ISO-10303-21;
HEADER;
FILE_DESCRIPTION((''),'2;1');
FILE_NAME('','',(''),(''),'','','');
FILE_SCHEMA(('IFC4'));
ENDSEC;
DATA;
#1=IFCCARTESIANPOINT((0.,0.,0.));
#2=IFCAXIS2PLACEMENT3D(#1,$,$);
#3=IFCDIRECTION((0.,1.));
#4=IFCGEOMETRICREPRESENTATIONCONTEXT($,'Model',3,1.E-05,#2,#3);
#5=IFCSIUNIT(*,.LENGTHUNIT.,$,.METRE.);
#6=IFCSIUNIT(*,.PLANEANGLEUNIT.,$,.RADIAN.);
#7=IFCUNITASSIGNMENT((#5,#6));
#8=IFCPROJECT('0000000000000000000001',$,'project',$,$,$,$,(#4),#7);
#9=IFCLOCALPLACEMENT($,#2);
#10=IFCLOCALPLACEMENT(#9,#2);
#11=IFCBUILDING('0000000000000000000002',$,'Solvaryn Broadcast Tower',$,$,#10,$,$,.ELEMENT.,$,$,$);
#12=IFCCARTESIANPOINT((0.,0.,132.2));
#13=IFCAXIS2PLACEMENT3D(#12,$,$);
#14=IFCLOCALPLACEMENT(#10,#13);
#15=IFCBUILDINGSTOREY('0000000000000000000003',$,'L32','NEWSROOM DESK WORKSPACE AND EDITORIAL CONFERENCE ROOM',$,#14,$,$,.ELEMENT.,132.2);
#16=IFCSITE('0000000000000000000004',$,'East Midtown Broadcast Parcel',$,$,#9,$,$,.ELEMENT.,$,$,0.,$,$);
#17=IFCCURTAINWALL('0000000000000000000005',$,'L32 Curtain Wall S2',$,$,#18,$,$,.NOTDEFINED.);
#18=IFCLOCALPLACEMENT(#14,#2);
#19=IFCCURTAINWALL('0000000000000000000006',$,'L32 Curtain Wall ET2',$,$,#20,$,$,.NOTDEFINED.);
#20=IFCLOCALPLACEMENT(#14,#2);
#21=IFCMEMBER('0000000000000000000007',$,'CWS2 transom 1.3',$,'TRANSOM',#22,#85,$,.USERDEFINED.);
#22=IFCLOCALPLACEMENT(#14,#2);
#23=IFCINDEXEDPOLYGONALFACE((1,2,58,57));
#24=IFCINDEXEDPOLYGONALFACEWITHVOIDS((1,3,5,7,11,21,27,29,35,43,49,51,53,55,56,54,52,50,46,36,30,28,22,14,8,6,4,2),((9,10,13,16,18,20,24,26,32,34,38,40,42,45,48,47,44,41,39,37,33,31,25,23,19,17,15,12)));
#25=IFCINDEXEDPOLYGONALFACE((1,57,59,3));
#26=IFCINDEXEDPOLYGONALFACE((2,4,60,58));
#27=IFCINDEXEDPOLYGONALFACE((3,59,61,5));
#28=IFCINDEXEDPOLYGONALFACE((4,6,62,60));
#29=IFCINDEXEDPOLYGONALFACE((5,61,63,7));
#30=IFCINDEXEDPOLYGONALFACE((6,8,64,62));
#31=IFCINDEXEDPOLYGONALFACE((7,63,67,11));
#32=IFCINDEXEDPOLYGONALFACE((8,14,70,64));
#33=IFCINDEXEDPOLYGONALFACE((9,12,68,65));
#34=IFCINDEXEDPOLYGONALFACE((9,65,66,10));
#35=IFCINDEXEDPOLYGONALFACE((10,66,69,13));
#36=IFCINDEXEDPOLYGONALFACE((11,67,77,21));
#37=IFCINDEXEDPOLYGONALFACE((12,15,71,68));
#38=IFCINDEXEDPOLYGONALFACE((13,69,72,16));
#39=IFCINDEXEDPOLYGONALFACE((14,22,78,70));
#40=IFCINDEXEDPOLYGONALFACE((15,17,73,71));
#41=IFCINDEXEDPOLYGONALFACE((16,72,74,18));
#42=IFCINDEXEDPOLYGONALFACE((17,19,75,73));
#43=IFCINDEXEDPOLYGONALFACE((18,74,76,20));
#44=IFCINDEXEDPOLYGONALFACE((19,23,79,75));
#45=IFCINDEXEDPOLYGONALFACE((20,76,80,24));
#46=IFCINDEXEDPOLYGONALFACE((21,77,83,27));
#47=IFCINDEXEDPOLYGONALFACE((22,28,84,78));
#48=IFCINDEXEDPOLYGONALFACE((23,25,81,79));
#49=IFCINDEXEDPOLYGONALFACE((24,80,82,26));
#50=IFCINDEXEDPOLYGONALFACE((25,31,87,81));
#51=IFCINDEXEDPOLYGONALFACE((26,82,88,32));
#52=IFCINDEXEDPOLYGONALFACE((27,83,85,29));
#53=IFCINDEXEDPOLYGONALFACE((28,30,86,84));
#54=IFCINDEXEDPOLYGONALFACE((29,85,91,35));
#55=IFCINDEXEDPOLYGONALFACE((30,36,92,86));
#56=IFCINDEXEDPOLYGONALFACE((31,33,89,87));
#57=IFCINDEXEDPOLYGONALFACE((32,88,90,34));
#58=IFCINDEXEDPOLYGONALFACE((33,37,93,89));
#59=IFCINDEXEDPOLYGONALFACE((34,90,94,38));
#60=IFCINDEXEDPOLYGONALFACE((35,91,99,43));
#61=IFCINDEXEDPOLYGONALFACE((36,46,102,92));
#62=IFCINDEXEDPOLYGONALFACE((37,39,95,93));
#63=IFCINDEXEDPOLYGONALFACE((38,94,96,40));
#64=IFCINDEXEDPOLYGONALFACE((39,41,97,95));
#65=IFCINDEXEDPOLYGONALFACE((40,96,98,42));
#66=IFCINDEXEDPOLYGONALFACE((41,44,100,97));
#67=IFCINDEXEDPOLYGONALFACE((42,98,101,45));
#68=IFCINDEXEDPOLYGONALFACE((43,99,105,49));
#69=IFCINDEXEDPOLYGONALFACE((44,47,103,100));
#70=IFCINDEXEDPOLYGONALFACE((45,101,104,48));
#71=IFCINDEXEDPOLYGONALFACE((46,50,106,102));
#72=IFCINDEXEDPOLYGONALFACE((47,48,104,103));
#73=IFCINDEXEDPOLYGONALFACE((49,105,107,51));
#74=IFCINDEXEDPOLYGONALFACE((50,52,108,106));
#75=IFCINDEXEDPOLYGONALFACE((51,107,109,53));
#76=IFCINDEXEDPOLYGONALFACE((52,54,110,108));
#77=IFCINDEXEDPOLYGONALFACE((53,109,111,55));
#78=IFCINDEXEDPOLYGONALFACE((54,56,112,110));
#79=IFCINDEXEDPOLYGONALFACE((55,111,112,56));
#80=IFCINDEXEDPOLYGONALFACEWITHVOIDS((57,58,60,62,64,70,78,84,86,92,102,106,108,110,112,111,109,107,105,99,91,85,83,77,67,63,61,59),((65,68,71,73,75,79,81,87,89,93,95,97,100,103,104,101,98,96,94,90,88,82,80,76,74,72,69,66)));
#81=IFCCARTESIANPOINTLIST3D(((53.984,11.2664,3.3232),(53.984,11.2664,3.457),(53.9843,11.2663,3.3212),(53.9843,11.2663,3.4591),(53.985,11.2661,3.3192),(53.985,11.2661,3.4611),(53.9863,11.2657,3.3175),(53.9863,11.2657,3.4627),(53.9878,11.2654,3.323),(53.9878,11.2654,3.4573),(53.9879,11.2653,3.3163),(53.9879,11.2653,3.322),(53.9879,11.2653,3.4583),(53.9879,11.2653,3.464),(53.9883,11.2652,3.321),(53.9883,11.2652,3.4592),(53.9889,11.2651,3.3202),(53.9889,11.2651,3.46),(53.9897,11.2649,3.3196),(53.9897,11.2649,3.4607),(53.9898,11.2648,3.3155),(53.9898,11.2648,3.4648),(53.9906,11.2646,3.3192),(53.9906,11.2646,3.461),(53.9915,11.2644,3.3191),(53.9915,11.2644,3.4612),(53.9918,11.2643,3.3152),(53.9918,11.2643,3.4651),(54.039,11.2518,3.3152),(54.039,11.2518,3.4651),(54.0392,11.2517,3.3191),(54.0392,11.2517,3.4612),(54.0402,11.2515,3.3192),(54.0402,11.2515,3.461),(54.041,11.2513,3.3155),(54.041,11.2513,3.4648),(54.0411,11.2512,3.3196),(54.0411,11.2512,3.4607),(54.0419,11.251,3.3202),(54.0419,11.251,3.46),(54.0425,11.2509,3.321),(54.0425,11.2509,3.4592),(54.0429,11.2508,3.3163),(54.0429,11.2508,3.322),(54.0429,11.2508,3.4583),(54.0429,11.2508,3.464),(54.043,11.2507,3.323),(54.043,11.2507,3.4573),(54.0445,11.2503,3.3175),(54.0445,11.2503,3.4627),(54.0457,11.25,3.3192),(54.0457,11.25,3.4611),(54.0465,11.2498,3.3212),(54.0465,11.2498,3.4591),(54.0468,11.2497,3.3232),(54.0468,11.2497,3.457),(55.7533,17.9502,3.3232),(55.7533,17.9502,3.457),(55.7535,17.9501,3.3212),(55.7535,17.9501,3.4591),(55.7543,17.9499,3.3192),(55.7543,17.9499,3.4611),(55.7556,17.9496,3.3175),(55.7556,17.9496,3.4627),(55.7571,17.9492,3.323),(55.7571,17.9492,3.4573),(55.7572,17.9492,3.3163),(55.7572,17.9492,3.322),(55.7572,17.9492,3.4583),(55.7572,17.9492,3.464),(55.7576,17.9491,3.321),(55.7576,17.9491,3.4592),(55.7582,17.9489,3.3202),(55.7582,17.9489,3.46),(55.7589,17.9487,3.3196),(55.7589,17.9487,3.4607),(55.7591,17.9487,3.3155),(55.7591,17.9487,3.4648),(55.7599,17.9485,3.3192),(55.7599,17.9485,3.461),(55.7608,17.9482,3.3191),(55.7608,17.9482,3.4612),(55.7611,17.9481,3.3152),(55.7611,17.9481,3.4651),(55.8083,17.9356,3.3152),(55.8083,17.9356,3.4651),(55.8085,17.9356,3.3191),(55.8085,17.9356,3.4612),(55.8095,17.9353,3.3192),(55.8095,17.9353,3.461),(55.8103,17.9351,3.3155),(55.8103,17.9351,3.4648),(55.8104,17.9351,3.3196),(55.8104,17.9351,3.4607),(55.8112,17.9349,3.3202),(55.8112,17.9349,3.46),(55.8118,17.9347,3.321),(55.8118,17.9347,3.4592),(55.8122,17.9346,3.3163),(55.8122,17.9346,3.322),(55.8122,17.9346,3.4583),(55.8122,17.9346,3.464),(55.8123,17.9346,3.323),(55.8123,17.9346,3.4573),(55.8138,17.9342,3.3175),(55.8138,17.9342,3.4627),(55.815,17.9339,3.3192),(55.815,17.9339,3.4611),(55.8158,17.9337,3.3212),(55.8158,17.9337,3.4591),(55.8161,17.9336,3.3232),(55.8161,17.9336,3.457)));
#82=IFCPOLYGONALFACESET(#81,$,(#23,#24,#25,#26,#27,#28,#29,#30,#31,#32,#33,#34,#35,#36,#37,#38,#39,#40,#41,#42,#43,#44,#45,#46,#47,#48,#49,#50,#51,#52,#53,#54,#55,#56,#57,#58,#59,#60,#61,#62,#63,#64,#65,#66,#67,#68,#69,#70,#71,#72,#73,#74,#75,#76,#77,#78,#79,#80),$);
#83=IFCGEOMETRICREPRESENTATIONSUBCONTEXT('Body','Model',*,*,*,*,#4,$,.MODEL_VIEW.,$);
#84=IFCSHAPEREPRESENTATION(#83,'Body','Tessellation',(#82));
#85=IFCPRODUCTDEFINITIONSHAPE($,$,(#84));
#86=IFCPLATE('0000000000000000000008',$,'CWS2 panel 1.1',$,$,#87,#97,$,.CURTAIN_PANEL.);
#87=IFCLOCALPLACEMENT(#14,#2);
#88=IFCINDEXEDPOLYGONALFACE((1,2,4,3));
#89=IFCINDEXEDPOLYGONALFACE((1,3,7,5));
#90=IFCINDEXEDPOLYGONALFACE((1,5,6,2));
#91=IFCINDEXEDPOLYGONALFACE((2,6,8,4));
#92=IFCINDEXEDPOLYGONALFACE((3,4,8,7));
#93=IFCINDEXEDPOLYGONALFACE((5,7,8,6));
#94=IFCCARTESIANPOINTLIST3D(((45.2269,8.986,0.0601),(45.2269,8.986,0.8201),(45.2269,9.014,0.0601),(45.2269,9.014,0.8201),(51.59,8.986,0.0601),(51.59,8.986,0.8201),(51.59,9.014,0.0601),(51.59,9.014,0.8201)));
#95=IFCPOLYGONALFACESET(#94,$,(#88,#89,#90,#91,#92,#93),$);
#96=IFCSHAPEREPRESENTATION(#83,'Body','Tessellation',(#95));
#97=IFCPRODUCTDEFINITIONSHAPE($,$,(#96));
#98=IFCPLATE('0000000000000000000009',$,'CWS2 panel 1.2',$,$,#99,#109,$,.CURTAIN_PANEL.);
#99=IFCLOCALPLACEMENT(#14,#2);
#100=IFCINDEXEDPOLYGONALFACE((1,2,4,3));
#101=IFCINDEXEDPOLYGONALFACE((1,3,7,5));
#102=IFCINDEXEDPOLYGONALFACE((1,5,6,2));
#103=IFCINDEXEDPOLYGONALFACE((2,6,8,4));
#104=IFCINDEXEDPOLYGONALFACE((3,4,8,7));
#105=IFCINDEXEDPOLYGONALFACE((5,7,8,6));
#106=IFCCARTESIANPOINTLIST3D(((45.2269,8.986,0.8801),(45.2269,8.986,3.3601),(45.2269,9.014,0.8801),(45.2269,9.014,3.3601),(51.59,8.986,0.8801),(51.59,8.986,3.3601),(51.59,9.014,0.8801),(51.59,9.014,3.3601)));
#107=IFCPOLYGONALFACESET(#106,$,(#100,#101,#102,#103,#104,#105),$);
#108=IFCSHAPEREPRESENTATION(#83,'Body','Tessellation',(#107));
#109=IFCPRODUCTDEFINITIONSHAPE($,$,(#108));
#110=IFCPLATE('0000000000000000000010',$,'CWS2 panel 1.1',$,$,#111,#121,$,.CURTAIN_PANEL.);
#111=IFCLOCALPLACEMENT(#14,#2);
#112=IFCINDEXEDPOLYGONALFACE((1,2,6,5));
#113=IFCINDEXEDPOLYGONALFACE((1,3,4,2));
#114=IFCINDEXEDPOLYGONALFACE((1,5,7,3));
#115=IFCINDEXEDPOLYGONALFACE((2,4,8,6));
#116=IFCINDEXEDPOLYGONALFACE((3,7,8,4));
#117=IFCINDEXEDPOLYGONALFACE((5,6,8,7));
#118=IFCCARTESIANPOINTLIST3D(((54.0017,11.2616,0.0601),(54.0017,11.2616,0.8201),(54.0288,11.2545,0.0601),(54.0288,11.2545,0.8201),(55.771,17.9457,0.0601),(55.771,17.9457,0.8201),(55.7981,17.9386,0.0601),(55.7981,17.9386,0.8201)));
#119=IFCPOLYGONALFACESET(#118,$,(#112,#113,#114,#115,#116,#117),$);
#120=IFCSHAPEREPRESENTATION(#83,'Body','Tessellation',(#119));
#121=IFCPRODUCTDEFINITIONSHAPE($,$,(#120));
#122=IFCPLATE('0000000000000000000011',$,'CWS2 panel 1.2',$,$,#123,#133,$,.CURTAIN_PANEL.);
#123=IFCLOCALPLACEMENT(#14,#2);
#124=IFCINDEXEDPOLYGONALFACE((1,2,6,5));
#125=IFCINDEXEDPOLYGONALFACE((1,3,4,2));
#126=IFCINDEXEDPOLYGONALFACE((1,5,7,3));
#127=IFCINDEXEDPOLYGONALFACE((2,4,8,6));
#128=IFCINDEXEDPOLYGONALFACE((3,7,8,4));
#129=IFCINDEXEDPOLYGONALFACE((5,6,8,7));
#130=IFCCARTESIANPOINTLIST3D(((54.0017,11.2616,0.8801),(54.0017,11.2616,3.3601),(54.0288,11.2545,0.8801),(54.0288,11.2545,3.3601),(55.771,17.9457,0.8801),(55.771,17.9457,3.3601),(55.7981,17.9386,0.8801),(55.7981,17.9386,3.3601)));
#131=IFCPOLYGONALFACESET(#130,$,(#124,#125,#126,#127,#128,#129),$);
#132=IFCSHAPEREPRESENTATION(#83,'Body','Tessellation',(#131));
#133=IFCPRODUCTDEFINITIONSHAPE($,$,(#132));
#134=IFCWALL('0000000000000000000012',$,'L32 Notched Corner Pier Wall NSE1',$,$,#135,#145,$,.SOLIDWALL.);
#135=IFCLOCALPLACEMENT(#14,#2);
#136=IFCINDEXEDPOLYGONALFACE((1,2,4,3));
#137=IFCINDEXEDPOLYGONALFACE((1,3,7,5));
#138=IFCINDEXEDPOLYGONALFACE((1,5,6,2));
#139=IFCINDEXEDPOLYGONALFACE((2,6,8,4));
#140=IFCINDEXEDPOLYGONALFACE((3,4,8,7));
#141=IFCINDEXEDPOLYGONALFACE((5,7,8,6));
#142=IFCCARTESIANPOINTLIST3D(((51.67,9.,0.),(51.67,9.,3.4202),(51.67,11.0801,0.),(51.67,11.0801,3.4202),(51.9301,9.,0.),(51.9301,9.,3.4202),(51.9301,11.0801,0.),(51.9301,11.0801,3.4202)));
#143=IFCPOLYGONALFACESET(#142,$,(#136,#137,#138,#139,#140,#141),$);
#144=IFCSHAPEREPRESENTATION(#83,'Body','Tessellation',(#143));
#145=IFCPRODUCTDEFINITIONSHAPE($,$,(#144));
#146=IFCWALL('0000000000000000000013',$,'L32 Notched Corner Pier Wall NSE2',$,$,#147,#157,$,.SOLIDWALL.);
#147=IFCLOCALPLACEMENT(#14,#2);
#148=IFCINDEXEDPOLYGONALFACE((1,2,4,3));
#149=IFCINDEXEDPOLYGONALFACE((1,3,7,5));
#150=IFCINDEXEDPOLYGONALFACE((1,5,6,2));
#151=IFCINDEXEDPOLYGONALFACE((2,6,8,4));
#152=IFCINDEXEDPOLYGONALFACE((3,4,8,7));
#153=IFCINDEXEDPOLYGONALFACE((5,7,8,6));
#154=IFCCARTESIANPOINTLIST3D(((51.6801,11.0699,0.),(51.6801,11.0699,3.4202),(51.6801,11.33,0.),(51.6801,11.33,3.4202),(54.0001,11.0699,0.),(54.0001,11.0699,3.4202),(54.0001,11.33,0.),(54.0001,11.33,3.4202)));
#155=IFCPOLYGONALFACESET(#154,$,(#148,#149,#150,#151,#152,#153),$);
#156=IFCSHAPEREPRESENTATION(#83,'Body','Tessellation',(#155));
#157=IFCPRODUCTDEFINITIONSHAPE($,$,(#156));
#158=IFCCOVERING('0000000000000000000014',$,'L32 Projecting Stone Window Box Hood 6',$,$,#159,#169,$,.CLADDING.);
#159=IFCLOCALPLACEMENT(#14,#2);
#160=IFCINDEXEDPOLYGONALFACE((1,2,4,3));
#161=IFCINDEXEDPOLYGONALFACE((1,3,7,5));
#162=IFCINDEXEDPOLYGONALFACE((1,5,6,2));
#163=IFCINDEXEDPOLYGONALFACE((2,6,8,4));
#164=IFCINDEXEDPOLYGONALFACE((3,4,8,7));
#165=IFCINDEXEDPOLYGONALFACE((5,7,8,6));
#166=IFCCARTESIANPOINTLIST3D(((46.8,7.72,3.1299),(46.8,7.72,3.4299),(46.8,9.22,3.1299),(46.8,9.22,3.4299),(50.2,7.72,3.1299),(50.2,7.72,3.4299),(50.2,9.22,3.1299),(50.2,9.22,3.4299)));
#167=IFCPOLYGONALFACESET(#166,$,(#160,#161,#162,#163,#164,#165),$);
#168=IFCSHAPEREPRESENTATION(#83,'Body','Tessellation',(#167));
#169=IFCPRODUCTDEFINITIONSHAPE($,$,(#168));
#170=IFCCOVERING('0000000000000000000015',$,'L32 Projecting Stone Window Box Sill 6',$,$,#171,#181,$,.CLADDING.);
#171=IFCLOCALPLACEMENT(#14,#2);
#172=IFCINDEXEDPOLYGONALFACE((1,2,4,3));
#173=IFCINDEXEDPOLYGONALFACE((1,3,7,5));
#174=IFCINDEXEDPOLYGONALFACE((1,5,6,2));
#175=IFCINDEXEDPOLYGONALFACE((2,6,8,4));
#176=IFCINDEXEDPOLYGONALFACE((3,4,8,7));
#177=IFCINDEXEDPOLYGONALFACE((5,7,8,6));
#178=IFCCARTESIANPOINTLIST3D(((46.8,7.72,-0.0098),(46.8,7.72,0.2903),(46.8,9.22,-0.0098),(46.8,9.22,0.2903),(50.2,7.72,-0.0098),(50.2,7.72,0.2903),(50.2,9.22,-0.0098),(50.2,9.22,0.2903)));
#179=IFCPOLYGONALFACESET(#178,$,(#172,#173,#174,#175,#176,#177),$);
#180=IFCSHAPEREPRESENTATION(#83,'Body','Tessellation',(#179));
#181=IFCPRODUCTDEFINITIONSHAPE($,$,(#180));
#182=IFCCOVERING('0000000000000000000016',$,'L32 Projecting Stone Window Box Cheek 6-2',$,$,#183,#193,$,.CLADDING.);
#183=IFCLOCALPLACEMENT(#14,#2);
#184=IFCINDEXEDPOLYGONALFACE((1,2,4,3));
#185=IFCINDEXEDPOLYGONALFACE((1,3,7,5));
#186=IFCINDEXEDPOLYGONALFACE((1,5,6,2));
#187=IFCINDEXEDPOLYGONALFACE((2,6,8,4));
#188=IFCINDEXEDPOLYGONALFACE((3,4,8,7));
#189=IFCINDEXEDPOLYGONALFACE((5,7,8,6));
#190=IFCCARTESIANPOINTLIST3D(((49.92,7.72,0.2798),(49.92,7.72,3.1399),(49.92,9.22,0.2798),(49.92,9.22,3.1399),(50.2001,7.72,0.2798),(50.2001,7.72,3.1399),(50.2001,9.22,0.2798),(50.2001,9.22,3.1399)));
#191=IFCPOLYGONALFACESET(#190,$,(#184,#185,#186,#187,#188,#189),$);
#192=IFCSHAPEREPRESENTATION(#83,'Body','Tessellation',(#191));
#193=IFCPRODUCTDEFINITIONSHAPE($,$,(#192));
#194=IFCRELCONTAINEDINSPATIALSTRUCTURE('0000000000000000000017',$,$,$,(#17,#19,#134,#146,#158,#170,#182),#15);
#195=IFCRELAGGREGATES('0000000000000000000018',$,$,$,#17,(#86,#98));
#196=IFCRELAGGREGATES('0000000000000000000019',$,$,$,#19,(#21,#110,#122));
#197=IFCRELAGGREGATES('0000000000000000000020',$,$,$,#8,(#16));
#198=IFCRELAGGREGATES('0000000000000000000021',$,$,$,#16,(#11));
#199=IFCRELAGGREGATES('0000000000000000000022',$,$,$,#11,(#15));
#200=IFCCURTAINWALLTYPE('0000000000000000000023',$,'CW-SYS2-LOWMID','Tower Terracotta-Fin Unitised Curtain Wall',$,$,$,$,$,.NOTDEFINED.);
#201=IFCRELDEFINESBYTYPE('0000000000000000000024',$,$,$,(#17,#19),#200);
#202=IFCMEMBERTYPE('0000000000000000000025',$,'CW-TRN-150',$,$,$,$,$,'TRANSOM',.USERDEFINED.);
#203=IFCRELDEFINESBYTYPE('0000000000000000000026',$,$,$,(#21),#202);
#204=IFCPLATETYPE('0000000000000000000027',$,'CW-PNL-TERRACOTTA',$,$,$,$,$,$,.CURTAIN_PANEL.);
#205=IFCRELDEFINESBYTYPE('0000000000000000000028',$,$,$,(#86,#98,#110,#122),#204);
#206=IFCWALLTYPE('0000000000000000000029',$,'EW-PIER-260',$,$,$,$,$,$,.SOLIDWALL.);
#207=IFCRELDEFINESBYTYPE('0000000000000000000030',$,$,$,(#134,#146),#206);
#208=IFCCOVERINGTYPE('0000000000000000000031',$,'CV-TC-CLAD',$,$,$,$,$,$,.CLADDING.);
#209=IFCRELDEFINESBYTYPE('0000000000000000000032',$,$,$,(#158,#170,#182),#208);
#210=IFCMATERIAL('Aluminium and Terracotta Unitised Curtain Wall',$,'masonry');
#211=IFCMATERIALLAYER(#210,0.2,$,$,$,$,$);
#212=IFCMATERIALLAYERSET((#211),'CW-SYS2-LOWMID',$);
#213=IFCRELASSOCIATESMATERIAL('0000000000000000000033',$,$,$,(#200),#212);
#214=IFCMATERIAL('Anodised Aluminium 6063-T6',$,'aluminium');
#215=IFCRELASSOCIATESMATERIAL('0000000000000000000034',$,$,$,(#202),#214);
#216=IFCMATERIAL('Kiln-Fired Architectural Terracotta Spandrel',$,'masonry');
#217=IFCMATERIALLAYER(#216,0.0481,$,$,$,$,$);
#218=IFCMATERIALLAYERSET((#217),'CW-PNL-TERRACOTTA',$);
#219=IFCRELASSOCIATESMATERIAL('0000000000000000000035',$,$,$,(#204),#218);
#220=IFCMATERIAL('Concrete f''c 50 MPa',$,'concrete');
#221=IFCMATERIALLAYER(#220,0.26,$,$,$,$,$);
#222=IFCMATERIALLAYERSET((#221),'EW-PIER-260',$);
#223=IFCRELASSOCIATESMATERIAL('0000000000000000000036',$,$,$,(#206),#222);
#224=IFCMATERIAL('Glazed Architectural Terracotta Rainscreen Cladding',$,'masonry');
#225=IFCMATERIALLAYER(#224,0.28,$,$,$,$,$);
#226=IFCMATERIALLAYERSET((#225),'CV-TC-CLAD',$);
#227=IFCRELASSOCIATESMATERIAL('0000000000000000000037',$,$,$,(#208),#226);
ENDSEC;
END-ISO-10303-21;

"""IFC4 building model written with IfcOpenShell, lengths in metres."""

from ifc_helpers import new_model, si_unit, direction, frame, frame_2d, origin, origin_2d, place, context, subcontext, project, spatial, rectangle, hollow_rectangle, extrude, material, layer, layer_set, material_profile, profile_set, type_object, element, aggregate, save


model = new_model("IFC4")

# Units and contexts
model_context = context("Model", 3, precision=1e-05, world=origin(), true_north=direction((0.0, 1.0)))
body_context = subcontext(model_context, "Body", "Model", "MODEL_VIEW")
ifc_project = project(units=[si_unit("LENGTHUNIT", "METRE"), si_unit("PLANEANGLEUNIT", "RADIAN")], contexts=[model_context])

# Site, building, storey
site_placement = place(None, origin())
site = spatial("IfcSite", under=ifc_project, at=site_placement, Name="East Midtown Broadcast Parcel", CompositionType="ELEMENT", RefElevation=0.0)
building_placement = place(site_placement, origin())
building = spatial("IfcBuilding", under=site, at=building_placement, Name="Solvaryn Broadcast Tower", CompositionType="ELEMENT")
storey_placement = place(building_placement, frame((0.0, 0.0, 132.2)))
storey = spatial("IfcBuildingStorey", under=building, at=storey_placement, Name="L32", Description="NEWSROOM DESK WORKSPACE AND EDITORIAL CONFERENCE ROOM", CompositionType="ELEMENT", Elevation=132.2)

# Curtain wall
ifc_material_1 = material(Name="Aluminium and Terracotta Unitised Curtain Wall", Category="masonry")
ifc_layer_1 = layer(ifc_material_1, 0.2)
ifc_layer_set_1 = layer_set([ifc_layer_1], Name="CW-SYS2-LOWMID")
curtain_wall_type = type_object("IfcCurtainWallType", Name="CW-SYS2-LOWMID", Description="Tower Terracotta-Fin Unitised Curtain Wall", PredefinedType="NOTDEFINED", material=ifc_layer_set_1)
curtain_wall_1_placement = place(storey_placement, origin())
curtain_wall_1 = element("IfcCurtainWall", 1, at=curtain_wall_1_placement, inside=storey, type_object=curtain_wall_type, Name="L32 Curtain Wall S2", PredefinedType="NOTDEFINED")

# Curtain wall, member
curtain_wall_2_placement = place(storey_placement, origin())
curtain_wall_2 = element("IfcCurtainWall", 2, at=curtain_wall_2_placement, inside=storey, type_object=curtain_wall_type, Name="L32 Curtain Wall ET2", PredefinedType="NOTDEFINED")
ifc_material_2 = material(Name="Anodised Aluminium 6063-T6", Category="aluminium")
ifc_material_profile_1 = material_profile(ifc_material_2, hollow_rectangle(XDim=0.0649, YDim=0.1499, WallThickness=0.0039, InnerFilletRadius=0.0039, OuterFilletRadius=0.0081, at=origin_2d()))
ifc_profile_set_1 = profile_set([ifc_material_profile_1], Name="Anodised Aluminium 6063-T6")
member_type_1 = type_object("IfcMemberType", Name="CW-TRN-150", ElementType="TRANSOM", PredefinedType="USERDEFINED", material=ifc_profile_set_1)
member_1_placement = place(storey_placement, frame((55.7847, 17.9419, 3.3901), z_axis=(-0.255897, -0.966704, 0.0), x_axis=(0.966704, -0.255897, 0.0)))
member_1 = element("IfcMember", 3, at=member_1_placement, type_object=member_type_1, Name="CWS2 transom 1.3", ObjectType="TRANSOM", PredefinedType="USERDEFINED", context=body_context, shape_type="SweptSolid", body=[
    extrude(hollow_rectangle(XDim=0.0649, YDim=0.1499, WallThickness=0.0039, InnerFilletRadius=0.0039, OuterFilletRadius=0.0081, at=origin_2d()), origin(), (0.0, 0.0, 1.0), 6.9141),
])

# Plates
ifc_material_3 = material(Name="Kiln-Fired Architectural Terracotta Spandrel", Category="masonry")
ifc_layer_2 = layer(ifc_material_3, 0.0481)
ifc_layer_set_2 = layer_set([ifc_layer_2], Name="CW-PNL-TERRACOTTA")
plate_type = type_object("IfcPlateType", Name="CW-PNL-TERRACOTTA", PredefinedType="CURTAIN_PANEL", material=ifc_layer_set_2)
plate_1_placement = place(storey_placement, frame((48.4084, 9.0, 0.0601), z_axis=(0.0, 0.0, 1.0), x_axis=(1.0, 0.0, 0.0)))
plate_1 = element("IfcPlate", 4, at=plate_1_placement, type_object=plate_type, Name="CWS2 panel 1.1", PredefinedType="CURTAIN_PANEL", context=body_context, shape_type="SweptSolid", body=[
    extrude(rectangle(XDim=6.363, YDim=0.0281, at=origin_2d()), origin(), (0.0, 0.0, 1.0), 0.76),
])
plate_2_placement = place(storey_placement, frame((48.4084, 9.0, 0.8801), z_axis=(0.0, 0.0, 1.0), x_axis=(1.0, 0.0, 0.0)))
plate_2 = element("IfcPlate", 5, at=plate_2_placement, type_object=plate_type, Name="CWS2 panel 1.2", PredefinedType="CURTAIN_PANEL", context=body_context, shape_type="SweptSolid", body=[
    extrude(rectangle(XDim=6.363, YDim=0.0281, at=origin_2d()), origin(), (0.0, 0.0, 1.0), 2.48),
])
aggregate(curtain_wall_1, [plate_1, plate_2])
plate_3_placement = place(storey_placement, frame((54.8999, 14.6001, 0.0601), z_axis=(0.0, 0.0, 1.0), x_axis=(-0.255893, -0.966705, 0.0)))
plate_3 = element("IfcPlate", 6, at=plate_3_placement, type_object=plate_type, Name="CWS2 panel 1.1", PredefinedType="CURTAIN_PANEL", context=body_context, shape_type="SweptSolid", body=[
    extrude(rectangle(XDim=6.9143, YDim=0.0281, at=origin_2d()), origin(), (0.0, 0.0, 1.0), 0.76),
])
plate_4_placement = place(storey_placement, frame((54.8999, 14.6001, 0.8801), z_axis=(0.0, 0.0, 1.0), x_axis=(-0.255893, -0.966705, 0.0)))
plate_4 = element("IfcPlate", 7, at=plate_4_placement, type_object=plate_type, Name="CWS2 panel 1.2", PredefinedType="CURTAIN_PANEL", context=body_context, shape_type="SweptSolid", body=[
    extrude(rectangle(XDim=6.9143, YDim=0.0281, at=origin_2d()), origin(), (0.0, 0.0, 1.0), 2.48),
])
aggregate(curtain_wall_2, [member_1, plate_3, plate_4])

# Walls
ifc_material_4 = material(Name="Concrete f'c 50 MPa", Category="concrete")
ifc_layer_3 = layer(ifc_material_4, 0.26)
ifc_layer_set_3 = layer_set([ifc_layer_3], Name="EW-PIER-260")
wall_type = type_object("IfcWallType", Name="EW-PIER-260", PredefinedType="SOLIDWALL", material=ifc_layer_set_3)
wall_1_placement = place(storey_placement, frame((51.8, 9.0, 0.0), z_axis=(0.0, 0.0, 1.0), x_axis=(0.0, 1.0, 0.0)))
element("IfcWall", 8, at=wall_1_placement, inside=storey, type_object=wall_type, Name="L32 Notched Corner Pier Wall NSE1", PredefinedType="SOLIDWALL", context=body_context, shape_type="SweptSolid", body=[
    extrude(rectangle(XDim=2.0801, YDim=0.26, at=frame_2d((1.04, 0.0))), origin(), (0.0, 0.0, 1.0), 3.4202),
])
wall_2_placement = place(storey_placement, frame((51.6799, 11.2, 0.0), z_axis=(0.0, 0.0, 1.0), x_axis=(1.0, 0.0, 0.0)))
element("IfcWall", 9, at=wall_2_placement, inside=storey, type_object=wall_type, Name="L32 Notched Corner Pier Wall NSE2", PredefinedType="SOLIDWALL", context=body_context, shape_type="SweptSolid", body=[
    extrude(rectangle(XDim=2.3201, YDim=0.26, at=frame_2d((1.1602, 0.0))), origin(), (0.0, 0.0, 1.0), 3.4202),
])

# Coverings
ifc_material_5 = material(Name="Glazed Architectural Terracotta Rainscreen Cladding", Category="masonry")
ifc_layer_4 = layer(ifc_material_5, 0.28)
ifc_layer_set_4 = layer_set([ifc_layer_4], Name="CV-TC-CLAD")
covering_type_1 = type_object("IfcCoveringType", Name="CV-TC-CLAD", PredefinedType="CLADDING", material=ifc_layer_set_4)
for number, where, z_axis, x_axis, name in (
    (10, (48.5, 8.47, 3.1299), (0.0, 0.0, 1.0), (1.0, 0.0, 0.0), "L32 Projecting Stone Window Box Hood 6"),
    (11, (48.5, 8.47, -0.0098), (0.0, 0.0, 1.0), (1.0, 0.0, 0.0), "L32 Projecting Stone Window Box Sill 6"),
):
    element("IfcCovering", number, at=place(storey_placement, frame(where, z_axis=z_axis, x_axis=x_axis)), inside=storey, type_object=covering_type_1, Name=name, PredefinedType="CLADDING", context=body_context, shape_type="SweptSolid", body=[
        extrude(rectangle(XDim=3.3999, YDim=1.5, at=origin_2d()), origin(), (0.0, 0.0, 1.0), 0.3),
    ])
covering_1_placement = place(storey_placement, frame((50.0601, 8.47, 0.2798), z_axis=(0.0, 0.0, 1.0), x_axis=(1.0, 0.0, 0.0)))
element("IfcCovering", 12, at=covering_1_placement, inside=storey, type_object=covering_type_1, Name="L32 Projecting Stone Window Box Cheek 6-2", PredefinedType="CLADDING", context=body_context, shape_type="SweptSolid", body=[
    extrude(rectangle(XDim=0.28, YDim=1.5, at=origin_2d()), origin(), (0.0, 0.0, 1.0), 2.8601),
])

save(model, "model.ifc")
